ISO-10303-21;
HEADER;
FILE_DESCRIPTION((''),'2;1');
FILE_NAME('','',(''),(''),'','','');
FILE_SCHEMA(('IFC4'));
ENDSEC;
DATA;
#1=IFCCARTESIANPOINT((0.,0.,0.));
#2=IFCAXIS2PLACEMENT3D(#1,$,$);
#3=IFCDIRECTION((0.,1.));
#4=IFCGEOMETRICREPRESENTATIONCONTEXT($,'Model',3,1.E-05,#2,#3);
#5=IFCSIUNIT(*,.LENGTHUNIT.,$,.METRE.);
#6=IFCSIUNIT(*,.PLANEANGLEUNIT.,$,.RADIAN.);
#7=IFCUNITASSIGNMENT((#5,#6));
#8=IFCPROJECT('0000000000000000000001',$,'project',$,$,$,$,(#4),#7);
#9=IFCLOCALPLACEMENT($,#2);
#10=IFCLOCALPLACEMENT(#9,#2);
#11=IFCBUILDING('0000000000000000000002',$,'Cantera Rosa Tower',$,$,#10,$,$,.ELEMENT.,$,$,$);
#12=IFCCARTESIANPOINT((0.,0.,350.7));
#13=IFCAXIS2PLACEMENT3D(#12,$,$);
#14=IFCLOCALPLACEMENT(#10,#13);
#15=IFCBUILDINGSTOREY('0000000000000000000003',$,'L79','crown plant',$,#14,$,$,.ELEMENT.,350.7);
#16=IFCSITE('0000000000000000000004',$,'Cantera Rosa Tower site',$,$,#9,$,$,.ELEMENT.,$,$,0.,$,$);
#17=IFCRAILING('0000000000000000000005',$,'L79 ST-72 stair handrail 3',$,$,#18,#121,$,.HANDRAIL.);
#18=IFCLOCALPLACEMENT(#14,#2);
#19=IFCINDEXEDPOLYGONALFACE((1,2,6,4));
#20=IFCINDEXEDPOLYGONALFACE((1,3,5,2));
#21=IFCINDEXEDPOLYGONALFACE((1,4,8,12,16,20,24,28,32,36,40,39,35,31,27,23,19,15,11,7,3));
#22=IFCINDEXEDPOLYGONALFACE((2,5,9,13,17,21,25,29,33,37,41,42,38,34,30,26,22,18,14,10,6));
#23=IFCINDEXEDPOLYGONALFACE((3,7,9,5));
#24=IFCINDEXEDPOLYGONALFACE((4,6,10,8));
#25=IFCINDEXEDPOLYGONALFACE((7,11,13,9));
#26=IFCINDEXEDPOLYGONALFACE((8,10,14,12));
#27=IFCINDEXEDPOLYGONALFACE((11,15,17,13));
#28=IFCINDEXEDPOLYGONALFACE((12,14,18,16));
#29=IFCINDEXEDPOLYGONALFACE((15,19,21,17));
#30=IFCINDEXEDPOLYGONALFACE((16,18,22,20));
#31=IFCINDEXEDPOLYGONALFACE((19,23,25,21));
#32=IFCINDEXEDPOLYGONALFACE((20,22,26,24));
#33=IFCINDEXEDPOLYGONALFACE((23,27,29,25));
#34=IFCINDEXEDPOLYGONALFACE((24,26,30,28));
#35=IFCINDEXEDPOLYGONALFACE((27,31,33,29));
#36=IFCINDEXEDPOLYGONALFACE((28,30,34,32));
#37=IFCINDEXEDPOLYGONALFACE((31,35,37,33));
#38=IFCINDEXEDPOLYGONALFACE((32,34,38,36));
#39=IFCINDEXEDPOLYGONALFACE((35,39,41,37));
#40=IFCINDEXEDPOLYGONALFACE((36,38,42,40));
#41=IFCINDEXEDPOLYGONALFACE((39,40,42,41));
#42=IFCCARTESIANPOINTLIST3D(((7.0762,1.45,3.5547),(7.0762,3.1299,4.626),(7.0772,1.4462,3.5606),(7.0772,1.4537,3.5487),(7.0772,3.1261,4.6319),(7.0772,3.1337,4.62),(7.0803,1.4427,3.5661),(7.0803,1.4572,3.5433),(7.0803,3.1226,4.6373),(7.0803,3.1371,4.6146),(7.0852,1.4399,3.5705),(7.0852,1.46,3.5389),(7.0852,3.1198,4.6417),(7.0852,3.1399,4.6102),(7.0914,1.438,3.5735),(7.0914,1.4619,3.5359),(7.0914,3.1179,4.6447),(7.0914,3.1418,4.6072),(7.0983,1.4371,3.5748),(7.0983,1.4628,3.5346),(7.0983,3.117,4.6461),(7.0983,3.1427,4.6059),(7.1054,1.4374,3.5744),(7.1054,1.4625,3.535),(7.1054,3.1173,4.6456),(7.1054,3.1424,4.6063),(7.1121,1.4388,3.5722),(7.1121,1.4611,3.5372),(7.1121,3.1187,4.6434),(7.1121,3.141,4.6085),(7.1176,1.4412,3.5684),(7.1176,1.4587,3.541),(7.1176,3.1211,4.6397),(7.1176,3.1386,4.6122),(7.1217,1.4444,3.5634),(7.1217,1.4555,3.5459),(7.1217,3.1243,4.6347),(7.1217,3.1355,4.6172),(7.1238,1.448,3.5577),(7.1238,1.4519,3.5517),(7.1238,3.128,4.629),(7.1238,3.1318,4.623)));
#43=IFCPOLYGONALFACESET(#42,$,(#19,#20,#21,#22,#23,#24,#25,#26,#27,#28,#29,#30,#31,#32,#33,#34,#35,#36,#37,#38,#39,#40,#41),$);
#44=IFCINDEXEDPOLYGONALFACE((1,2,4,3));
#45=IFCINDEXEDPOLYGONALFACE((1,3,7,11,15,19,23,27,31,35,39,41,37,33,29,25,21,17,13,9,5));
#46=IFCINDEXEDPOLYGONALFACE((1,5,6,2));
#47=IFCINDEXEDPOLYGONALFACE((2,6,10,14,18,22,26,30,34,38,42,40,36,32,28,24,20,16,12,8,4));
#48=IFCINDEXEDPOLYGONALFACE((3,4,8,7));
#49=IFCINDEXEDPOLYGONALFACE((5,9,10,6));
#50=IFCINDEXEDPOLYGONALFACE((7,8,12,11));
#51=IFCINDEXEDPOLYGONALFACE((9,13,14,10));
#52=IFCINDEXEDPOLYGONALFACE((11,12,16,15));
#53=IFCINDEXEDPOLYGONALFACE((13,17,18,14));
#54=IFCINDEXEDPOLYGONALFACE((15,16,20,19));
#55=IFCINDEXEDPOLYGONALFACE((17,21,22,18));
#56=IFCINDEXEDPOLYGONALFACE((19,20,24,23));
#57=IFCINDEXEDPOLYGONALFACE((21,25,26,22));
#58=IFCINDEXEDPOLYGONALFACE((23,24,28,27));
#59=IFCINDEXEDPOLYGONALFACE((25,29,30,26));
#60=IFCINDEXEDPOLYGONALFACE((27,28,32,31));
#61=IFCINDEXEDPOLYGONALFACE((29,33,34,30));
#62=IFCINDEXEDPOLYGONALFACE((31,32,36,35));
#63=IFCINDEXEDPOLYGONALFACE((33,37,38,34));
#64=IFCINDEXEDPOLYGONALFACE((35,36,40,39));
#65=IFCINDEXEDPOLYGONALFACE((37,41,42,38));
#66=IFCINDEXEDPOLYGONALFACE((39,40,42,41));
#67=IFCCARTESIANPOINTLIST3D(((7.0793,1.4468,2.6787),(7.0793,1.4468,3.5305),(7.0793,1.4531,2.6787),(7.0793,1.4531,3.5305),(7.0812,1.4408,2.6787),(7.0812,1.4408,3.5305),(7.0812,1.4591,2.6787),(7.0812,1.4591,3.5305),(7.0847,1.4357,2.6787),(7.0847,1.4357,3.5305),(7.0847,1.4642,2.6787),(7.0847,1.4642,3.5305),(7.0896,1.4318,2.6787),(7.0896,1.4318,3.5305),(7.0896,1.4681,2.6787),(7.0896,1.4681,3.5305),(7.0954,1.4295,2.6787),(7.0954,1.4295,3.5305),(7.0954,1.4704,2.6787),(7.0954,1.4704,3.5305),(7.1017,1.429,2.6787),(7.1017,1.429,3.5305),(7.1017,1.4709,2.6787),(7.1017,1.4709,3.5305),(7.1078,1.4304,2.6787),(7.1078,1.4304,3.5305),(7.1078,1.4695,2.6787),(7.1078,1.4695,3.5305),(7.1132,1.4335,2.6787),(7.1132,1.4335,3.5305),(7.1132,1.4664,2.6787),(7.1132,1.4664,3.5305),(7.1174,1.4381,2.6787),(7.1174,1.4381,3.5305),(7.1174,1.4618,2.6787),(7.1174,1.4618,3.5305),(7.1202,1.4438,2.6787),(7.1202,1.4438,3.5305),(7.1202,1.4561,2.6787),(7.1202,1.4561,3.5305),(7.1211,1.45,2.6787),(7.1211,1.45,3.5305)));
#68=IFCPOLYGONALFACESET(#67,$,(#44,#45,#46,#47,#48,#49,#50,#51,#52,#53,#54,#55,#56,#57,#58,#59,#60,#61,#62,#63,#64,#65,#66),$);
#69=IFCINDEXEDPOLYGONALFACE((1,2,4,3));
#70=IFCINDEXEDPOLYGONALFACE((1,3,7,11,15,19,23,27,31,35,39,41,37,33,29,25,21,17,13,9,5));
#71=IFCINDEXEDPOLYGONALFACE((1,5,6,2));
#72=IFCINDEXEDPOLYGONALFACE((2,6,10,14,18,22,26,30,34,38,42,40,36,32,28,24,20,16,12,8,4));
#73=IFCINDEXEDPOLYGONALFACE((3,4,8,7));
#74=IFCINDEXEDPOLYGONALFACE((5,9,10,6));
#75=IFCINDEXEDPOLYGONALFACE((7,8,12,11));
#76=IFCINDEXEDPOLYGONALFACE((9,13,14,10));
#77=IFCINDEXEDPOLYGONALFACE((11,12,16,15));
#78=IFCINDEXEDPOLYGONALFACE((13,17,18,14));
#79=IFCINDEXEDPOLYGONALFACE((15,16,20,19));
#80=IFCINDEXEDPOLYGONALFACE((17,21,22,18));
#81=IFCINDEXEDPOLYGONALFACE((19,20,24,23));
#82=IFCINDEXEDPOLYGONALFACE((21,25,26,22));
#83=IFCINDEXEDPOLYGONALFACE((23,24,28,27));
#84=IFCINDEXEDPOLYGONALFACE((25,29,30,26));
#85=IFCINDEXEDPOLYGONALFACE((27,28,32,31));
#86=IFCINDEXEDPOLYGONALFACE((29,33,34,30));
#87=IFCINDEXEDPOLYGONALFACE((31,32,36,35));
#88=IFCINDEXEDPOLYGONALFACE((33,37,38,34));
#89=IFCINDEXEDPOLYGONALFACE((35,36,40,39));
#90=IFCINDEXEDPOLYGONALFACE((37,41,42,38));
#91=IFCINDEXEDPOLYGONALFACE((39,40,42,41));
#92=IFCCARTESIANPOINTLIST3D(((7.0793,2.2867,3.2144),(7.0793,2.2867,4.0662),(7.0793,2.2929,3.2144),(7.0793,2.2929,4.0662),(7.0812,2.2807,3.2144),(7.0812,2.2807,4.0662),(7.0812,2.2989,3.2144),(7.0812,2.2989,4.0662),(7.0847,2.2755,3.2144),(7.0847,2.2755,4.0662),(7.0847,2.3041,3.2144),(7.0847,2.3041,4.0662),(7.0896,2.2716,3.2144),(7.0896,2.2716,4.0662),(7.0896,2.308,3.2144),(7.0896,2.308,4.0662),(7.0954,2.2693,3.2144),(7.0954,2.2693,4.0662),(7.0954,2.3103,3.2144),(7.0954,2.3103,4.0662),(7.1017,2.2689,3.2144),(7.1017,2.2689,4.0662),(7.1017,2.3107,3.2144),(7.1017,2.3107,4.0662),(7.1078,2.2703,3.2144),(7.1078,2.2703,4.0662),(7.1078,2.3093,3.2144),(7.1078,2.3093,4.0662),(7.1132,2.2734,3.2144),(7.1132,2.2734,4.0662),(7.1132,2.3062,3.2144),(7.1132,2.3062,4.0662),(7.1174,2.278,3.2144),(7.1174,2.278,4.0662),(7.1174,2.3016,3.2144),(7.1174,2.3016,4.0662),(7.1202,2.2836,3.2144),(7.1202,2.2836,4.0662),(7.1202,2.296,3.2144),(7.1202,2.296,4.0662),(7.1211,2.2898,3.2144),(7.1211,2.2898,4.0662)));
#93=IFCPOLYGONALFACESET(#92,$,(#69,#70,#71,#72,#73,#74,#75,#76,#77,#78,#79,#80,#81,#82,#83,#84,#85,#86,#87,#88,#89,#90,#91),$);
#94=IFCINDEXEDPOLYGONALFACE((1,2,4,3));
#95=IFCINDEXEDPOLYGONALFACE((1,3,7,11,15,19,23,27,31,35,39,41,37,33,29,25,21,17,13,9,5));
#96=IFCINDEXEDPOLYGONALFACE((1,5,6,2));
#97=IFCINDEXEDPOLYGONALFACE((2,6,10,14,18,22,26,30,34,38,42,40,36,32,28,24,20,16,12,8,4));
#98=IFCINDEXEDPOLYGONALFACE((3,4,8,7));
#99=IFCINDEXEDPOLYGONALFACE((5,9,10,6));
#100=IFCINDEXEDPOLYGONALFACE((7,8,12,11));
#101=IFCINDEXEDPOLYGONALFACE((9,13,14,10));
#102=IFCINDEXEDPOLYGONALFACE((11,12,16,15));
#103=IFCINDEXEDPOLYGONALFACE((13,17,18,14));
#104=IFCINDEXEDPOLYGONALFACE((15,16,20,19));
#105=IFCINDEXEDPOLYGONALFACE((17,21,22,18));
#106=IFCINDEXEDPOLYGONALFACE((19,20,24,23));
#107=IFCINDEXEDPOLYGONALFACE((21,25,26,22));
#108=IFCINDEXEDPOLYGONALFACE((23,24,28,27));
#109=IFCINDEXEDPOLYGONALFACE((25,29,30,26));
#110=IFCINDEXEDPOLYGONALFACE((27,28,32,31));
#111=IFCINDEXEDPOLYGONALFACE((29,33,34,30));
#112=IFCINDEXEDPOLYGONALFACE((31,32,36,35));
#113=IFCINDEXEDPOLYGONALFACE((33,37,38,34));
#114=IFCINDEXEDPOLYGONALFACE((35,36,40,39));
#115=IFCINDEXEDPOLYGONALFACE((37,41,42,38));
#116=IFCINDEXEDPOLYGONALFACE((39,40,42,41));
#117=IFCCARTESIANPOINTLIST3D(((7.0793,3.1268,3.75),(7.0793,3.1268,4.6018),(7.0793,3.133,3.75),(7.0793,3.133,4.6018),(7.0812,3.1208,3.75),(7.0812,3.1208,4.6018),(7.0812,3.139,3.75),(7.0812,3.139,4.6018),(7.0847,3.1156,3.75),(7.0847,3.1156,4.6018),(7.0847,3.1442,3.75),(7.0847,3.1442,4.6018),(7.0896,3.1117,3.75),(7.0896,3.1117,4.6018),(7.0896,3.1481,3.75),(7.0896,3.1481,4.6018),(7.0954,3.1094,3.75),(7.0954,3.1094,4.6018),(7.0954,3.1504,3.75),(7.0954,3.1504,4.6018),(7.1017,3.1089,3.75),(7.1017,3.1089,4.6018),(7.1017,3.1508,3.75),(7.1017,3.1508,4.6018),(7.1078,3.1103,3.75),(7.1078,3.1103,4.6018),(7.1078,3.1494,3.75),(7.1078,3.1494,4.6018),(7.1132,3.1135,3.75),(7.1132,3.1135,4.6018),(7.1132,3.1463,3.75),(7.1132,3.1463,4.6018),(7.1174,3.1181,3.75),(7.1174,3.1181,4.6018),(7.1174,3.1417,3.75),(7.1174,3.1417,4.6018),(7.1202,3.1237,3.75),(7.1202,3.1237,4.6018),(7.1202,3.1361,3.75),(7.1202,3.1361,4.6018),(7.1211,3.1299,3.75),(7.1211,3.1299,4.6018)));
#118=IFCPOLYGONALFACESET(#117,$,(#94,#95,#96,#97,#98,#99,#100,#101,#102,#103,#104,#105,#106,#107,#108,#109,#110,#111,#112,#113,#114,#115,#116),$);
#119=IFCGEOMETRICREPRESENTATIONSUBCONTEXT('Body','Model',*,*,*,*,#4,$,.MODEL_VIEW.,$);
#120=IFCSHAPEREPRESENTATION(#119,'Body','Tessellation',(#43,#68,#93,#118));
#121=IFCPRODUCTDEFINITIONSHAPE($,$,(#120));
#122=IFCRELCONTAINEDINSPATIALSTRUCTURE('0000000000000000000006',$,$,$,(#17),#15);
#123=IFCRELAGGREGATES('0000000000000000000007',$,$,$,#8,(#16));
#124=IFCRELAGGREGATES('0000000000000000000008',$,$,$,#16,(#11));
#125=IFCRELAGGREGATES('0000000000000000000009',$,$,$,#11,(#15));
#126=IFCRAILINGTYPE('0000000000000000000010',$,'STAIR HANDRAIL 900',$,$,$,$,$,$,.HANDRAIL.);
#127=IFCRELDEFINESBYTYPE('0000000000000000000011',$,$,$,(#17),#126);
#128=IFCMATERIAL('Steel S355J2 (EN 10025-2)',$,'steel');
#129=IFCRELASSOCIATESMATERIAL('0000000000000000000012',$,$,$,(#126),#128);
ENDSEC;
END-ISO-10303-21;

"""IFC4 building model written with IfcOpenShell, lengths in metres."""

from ifc_helpers import new_model, si_unit, direction, frame, origin, origin_2d, place, context, subcontext, project, spatial, circle, extrude, material, type_object, element, save


model = new_model("IFC4")

# Units and contexts
model_context = context("Model", 3, precision=1e-05, world=origin(), true_north=direction((0.0, 1.0)))
body_context = subcontext(model_context, "Body", "Model", "MODEL_VIEW")
ifc_project = project(units=[si_unit("LENGTHUNIT", "METRE"), si_unit("PLANEANGLEUNIT", "RADIAN")], contexts=[model_context])

# Site, building, storey
site_placement = place(None, origin())
site = spatial("IfcSite", under=ifc_project, at=site_placement, Name="Cantera Rosa Tower site", CompositionType="ELEMENT", RefElevation=0.0)
building_placement = place(site_placement, origin())
building = spatial("IfcBuilding", under=site, at=building_placement, Name="Cantera Rosa Tower", CompositionType="ELEMENT")
storey_placement = place(building_placement, frame((0.0, 0.0, 350.7)))
storey = spatial("IfcBuildingStorey", under=building, at=storey_placement, Name="L79", Description="crown plant", CompositionType="ELEMENT", Elevation=350.7)

# Railing
ifc_material_1 = material(Name="Steel S355J2 (EN 10025-2)", Category="steel")
railing_type_1 = type_object("IfcRailingType", Name="STAIR HANDRAIL 900", PredefinedType="HANDRAIL", material=ifc_material_1)
railing_1_placement = place(storey_placement, frame((7.1001, 1.45, 2.6787)))
element("IfcRailing", 1, at=railing_1_placement, inside=storey, type_object=railing_type_1, Name="L79 ST-72 stair handrail 3", PredefinedType="HANDRAIL", context=body_context, shape_type="SweptSolid", body=[
    extrude(circle(Radius=0.0239, at=origin_2d()), frame((0.0, 0.0, 0.876), z_axis=(0.0, 0.843152, 0.537676), x_axis=(-1.0, 0.0, 0.0)), (0.0, 0.0, 1.0), 1.9924),
    extrude(circle(Radius=0.021, at=origin_2d()), origin(), (0.0, 0.0, 1.0), 0.8518),
    extrude(circle(Radius=0.021, at=origin_2d()), frame((0.0, 0.8398, 0.5356)), (0.0, 0.0, 1.0), 0.8518),
    extrude(circle(Radius=0.021, at=origin_2d()), frame((0.0, 1.6799, 1.0713)), (0.0, 0.0, 1.0), 0.8518),
])

save(model, "model.ifc")
